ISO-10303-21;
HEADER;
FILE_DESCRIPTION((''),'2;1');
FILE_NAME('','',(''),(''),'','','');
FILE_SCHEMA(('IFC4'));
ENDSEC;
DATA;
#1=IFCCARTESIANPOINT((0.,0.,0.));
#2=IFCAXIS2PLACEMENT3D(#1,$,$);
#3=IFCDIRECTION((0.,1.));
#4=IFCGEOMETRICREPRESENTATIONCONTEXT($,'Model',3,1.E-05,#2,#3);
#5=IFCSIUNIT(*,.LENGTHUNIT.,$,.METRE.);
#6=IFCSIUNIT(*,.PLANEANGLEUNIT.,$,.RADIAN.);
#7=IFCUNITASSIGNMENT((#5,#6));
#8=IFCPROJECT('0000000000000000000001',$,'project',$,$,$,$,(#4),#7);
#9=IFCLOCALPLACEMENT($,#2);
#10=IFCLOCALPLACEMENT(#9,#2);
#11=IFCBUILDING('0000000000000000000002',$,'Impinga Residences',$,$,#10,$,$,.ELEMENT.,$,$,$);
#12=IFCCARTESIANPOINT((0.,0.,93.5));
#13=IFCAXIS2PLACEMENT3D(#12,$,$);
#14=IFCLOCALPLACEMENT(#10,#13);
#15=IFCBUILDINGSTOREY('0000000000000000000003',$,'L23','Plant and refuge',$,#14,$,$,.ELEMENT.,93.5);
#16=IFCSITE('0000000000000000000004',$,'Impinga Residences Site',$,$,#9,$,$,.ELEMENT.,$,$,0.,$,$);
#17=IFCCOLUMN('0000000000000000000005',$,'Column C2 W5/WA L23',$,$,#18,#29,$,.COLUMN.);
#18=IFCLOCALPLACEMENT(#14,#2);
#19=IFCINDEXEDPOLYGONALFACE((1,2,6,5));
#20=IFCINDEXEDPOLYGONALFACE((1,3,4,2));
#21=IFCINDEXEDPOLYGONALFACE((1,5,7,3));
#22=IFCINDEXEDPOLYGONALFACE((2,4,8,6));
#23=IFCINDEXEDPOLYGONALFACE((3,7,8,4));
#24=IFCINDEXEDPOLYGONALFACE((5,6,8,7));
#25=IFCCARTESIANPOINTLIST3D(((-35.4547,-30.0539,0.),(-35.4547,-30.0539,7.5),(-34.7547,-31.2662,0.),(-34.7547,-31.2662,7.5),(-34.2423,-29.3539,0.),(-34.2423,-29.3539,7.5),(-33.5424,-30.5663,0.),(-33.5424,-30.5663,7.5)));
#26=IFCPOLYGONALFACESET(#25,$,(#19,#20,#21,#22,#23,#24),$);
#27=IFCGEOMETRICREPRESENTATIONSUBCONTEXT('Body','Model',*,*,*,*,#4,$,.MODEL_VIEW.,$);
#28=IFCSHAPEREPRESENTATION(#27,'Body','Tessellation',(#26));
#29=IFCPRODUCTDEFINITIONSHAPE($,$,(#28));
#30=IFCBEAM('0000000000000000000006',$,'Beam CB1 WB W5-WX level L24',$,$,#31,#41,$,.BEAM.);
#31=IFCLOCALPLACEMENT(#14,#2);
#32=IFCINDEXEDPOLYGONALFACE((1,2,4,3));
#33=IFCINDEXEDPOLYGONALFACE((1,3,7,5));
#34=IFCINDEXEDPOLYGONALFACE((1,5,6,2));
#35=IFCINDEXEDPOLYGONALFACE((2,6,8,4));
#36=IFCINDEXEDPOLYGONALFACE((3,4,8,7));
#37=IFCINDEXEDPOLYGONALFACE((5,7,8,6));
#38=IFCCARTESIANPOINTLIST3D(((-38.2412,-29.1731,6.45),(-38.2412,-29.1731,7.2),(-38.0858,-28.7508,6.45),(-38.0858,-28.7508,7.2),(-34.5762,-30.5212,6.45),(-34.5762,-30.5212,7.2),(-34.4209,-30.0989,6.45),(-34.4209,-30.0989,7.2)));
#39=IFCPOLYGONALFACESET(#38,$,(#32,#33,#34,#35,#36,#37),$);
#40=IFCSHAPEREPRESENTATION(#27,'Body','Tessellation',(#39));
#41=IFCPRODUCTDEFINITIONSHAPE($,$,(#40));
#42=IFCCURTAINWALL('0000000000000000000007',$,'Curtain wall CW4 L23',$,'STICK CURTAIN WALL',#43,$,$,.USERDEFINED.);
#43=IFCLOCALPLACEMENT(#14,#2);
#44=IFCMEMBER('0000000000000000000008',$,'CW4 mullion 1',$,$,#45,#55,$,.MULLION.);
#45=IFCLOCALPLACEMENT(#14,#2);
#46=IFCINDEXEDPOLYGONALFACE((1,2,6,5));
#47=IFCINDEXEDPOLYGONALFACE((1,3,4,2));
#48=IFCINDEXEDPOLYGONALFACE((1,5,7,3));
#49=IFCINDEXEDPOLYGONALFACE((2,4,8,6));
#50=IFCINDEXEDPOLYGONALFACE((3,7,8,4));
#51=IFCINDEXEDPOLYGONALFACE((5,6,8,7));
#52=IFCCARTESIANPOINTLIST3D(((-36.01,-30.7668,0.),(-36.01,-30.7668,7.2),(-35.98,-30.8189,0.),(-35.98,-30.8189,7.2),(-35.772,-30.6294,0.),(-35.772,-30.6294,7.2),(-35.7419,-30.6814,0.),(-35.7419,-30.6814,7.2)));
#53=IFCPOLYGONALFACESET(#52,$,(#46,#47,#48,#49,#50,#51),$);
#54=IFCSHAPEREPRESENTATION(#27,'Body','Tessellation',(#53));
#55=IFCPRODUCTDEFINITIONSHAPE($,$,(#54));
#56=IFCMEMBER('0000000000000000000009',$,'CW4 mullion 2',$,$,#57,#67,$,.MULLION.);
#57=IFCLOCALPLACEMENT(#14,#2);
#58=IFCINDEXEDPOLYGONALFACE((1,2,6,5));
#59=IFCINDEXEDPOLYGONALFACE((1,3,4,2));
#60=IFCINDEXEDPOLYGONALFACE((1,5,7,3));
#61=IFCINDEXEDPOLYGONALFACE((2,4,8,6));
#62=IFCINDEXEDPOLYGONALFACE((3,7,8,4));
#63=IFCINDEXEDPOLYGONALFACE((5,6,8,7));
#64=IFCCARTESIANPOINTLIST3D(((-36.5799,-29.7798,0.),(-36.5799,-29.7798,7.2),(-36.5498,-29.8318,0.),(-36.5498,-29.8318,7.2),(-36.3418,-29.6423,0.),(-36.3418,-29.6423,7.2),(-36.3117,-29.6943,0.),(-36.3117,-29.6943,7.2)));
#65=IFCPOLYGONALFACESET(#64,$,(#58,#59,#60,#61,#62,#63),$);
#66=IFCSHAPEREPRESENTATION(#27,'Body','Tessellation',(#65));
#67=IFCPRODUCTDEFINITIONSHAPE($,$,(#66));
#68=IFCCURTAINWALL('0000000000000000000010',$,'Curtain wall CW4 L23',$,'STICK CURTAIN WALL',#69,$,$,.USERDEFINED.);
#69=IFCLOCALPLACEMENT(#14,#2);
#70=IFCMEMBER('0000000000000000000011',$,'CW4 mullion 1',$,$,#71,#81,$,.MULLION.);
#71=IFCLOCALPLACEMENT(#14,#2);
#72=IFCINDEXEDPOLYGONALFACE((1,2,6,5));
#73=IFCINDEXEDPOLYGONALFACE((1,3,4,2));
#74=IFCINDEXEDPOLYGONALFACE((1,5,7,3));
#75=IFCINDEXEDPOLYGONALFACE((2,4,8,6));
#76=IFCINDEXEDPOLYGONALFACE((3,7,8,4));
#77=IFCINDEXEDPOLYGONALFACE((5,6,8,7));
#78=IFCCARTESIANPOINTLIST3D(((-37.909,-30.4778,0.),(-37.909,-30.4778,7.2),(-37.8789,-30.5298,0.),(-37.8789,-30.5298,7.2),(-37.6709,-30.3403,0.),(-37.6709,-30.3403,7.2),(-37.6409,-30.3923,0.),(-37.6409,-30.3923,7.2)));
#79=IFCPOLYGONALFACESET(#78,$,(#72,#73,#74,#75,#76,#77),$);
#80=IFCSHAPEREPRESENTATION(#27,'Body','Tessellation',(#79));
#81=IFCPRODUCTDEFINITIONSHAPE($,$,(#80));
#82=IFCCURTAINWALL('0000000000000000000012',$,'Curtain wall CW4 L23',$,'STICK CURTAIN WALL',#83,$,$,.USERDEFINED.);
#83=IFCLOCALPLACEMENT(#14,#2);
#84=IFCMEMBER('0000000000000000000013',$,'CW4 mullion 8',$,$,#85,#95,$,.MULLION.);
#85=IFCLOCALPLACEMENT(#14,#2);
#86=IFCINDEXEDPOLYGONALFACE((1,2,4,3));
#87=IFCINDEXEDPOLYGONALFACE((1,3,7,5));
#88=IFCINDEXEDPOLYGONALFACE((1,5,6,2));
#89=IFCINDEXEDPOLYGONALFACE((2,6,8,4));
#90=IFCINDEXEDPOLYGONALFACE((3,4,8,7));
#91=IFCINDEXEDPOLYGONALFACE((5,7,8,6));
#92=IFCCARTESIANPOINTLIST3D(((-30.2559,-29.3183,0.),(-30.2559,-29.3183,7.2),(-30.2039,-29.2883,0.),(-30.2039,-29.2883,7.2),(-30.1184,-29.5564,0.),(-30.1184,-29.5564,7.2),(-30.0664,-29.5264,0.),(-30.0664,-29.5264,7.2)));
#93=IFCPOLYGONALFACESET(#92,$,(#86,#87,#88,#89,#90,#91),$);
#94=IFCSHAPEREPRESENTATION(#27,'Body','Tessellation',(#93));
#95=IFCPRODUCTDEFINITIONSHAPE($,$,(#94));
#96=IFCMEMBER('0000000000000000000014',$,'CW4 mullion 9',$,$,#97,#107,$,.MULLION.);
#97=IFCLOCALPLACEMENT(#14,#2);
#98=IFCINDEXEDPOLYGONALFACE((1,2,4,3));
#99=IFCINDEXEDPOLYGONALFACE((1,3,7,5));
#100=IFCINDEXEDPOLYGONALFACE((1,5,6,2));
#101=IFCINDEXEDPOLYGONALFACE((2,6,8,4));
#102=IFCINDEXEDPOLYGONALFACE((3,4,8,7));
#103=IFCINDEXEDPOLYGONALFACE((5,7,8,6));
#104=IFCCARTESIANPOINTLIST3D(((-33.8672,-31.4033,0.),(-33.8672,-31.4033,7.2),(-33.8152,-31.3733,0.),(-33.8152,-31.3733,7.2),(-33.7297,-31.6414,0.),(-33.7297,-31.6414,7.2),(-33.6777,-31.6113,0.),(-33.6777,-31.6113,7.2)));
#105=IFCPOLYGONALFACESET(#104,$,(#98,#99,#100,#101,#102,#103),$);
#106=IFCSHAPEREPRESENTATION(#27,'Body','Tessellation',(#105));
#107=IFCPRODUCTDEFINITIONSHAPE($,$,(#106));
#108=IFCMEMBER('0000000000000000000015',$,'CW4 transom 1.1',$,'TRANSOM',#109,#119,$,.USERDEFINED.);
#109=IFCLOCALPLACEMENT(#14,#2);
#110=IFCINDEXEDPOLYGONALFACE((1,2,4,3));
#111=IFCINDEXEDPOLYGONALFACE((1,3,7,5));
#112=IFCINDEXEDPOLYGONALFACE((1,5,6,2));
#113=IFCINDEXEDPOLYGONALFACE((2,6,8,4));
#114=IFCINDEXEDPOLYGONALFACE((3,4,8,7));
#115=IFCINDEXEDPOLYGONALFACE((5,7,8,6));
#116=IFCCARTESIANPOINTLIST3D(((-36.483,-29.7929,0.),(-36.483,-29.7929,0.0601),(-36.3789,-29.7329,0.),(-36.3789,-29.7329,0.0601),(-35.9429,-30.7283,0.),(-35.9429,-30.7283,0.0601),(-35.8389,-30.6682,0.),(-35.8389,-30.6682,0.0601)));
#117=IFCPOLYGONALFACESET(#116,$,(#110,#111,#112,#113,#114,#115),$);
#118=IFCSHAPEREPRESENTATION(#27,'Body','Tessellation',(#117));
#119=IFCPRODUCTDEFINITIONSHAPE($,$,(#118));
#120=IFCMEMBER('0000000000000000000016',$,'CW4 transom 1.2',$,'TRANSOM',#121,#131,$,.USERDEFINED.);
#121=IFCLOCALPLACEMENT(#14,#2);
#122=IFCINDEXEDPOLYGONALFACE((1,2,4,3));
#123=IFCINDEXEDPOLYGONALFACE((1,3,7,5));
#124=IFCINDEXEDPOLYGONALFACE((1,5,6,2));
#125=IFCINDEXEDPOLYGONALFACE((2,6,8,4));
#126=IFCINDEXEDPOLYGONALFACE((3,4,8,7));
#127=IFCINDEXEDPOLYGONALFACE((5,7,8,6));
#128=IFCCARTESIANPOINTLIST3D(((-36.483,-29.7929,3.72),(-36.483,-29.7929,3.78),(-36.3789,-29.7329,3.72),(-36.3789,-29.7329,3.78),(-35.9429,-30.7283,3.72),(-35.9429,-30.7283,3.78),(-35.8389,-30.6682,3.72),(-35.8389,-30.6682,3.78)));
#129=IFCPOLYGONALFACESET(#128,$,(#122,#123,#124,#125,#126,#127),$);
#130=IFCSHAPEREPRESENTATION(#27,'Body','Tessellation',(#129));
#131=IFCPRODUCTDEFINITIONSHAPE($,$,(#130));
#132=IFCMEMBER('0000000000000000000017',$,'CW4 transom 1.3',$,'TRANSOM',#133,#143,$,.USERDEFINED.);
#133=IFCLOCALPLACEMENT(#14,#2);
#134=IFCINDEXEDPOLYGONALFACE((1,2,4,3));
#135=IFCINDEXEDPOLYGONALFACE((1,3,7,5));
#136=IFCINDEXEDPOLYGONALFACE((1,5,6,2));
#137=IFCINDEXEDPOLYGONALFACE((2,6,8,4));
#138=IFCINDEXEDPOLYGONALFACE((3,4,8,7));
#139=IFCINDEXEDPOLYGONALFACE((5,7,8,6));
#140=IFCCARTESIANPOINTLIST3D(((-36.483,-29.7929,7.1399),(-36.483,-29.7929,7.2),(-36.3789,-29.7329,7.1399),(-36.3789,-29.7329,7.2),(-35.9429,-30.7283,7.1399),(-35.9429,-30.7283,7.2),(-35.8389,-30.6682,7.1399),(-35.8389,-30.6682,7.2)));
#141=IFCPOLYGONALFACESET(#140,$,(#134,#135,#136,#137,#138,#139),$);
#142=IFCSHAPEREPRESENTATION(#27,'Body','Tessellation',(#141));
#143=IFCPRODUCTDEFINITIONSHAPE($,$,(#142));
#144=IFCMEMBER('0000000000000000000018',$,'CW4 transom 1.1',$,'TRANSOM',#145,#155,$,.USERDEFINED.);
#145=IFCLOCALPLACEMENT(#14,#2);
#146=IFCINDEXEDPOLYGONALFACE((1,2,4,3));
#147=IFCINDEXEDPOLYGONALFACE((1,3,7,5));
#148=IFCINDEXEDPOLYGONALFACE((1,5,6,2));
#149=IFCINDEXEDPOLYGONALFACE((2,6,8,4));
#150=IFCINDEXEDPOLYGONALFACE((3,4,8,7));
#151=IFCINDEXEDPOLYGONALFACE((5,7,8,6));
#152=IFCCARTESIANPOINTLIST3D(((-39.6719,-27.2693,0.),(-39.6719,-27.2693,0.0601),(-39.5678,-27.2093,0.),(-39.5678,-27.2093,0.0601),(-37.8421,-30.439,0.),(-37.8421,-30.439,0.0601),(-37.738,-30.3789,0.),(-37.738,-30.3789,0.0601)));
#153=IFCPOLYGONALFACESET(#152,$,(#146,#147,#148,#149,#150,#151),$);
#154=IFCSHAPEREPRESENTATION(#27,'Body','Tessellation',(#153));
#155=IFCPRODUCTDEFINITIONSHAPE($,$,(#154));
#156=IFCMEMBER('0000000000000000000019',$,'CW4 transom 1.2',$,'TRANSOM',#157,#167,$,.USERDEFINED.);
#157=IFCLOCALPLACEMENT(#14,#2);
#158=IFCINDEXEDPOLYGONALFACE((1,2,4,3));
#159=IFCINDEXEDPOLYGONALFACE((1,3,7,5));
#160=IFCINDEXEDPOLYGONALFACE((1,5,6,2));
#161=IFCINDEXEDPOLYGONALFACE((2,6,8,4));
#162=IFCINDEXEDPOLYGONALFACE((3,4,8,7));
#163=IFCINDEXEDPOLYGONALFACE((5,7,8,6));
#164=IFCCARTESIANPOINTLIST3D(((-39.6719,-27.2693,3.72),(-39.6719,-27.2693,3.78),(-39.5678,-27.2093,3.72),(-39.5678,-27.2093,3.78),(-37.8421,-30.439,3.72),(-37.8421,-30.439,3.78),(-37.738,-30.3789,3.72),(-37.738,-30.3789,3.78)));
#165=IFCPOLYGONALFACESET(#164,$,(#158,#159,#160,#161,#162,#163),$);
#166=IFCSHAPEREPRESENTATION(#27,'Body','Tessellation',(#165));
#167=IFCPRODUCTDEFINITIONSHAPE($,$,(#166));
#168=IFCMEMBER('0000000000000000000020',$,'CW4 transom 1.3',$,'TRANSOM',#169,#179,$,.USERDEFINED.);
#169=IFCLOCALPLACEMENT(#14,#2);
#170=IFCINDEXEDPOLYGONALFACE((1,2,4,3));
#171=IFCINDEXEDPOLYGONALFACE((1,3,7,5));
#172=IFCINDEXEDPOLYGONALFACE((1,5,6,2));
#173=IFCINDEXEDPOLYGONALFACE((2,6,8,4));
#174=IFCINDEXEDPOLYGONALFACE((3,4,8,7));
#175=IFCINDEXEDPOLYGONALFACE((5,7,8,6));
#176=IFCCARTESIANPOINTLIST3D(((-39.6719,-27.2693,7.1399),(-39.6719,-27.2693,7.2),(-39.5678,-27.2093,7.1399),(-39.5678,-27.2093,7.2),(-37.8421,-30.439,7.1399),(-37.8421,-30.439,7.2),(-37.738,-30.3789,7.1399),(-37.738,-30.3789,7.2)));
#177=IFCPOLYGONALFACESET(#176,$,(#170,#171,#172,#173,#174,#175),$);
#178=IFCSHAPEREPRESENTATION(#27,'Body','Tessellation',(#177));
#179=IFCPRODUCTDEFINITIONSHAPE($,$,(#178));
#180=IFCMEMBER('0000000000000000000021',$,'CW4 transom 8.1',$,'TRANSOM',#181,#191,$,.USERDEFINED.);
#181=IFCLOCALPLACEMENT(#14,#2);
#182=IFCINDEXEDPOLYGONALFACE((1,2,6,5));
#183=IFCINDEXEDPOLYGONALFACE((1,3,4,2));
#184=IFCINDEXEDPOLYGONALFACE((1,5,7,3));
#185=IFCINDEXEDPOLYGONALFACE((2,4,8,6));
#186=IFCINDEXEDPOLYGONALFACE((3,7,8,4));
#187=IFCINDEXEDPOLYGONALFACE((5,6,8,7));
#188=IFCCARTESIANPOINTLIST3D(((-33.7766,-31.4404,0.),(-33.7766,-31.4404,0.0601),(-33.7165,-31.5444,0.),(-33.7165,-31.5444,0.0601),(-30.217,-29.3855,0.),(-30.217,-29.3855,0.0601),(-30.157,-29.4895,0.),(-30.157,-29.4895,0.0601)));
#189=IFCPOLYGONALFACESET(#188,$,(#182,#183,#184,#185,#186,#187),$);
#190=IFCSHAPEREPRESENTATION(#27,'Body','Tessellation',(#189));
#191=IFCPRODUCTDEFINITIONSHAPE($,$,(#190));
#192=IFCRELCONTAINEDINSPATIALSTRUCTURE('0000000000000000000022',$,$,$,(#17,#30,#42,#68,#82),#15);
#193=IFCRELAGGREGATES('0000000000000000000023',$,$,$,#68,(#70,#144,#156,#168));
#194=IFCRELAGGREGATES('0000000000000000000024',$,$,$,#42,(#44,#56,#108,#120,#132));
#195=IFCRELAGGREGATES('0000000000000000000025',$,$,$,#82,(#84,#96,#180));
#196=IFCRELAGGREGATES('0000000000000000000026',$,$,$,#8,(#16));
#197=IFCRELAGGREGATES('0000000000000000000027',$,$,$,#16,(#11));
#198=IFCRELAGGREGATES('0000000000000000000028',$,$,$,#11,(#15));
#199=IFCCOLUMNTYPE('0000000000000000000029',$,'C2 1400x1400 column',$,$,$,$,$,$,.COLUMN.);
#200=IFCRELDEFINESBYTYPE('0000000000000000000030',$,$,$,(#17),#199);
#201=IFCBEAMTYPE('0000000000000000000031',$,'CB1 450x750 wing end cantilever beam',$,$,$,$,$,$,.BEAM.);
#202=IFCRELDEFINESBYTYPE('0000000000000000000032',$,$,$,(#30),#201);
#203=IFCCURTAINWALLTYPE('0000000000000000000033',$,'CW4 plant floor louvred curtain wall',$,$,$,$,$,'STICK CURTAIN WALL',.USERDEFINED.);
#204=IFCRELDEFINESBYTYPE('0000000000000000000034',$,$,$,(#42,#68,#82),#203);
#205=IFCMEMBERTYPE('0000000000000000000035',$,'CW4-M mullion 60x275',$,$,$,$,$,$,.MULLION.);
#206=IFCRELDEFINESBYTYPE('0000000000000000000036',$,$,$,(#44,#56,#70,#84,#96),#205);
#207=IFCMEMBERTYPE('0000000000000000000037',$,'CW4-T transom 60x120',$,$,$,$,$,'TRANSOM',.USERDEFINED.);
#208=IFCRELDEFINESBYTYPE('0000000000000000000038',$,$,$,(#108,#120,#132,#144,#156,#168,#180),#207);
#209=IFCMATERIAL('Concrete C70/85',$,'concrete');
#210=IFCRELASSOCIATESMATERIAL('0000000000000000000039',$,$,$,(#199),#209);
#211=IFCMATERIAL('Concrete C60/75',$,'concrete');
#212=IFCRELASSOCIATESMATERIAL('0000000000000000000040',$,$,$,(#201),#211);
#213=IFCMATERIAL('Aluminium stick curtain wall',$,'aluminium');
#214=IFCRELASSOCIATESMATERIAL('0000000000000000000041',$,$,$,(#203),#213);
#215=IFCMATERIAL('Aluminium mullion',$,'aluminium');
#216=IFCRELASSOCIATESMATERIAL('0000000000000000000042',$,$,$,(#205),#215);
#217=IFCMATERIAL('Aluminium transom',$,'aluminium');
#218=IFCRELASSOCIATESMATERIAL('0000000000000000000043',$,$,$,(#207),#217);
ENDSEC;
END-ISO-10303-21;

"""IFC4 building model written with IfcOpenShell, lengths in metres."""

from ifc_helpers import new_model, si_unit, direction, frame, origin, origin_2d, place, context, subcontext, project, spatial, rectangle, extrude, material, material_profile, profile_set, type_object, element, aggregate, save


model = new_model("IFC4")

# Units and contexts
model_context = context("Model", 3, precision=1e-05, world=origin(), true_north=direction((0.0, 1.0)))
body_context = subcontext(model_context, "Body", "Model", "MODEL_VIEW")
ifc_project = project(units=[si_unit("LENGTHUNIT", "METRE"), si_unit("PLANEANGLEUNIT", "RADIAN")], contexts=[model_context])

# Site, building, storey
site_placement = place(None, origin())
site = spatial("IfcSite", under=ifc_project, at=site_placement, Name="Impinga Residences Site", CompositionType="ELEMENT", RefElevation=0.0)
building_placement = place(site_placement, origin())
building = spatial("IfcBuilding", under=site, at=building_placement, Name="Impinga Residences", CompositionType="ELEMENT")
storey_placement = place(building_placement, frame((0.0, 0.0, 93.5)))
storey = spatial("IfcBuildingStorey", under=building, at=storey_placement, Name="L23", Description="Plant and refuge", CompositionType="ELEMENT", Elevation=93.5)

# Column
ifc_material_1 = material(Name="Concrete C70/85", Category="concrete")
ifc_material_profile_1 = material_profile(ifc_material_1, rectangle(XDim=1.3999, YDim=1.3999, at=origin_2d()), Name="RC 1400x1400")
ifc_profile_set_1 = profile_set([ifc_material_profile_1], Name="Concrete C70/85")
column_type = type_object("IfcColumnType", Name="C2 1400x1400 column", PredefinedType="COLUMN", material=ifc_profile_set_1)
column_placement = place(storey_placement, frame((-34.4985, -30.3101, 0.0), z_axis=(0.0, 0.0, 1.0), x_axis=(-0.5, 0.866025, 0.0)))
element("IfcColumn", 1, at=column_placement, inside=storey, type_object=column_type, Name="Column C2 W5/WA L23", PredefinedType="COLUMN", context=body_context, shape_type="SweptSolid", body=[
    extrude(rectangle(XDim=1.3999, YDim=1.3999, at=origin_2d()), origin(), (0.0, 0.0, 1.0), 7.5),
])

# Beam
ifc_material_2 = material(Name="Concrete C60/75", Category="concrete")
ifc_material_profile_2 = material_profile(ifc_material_2, rectangle(XDim=0.45, YDim=0.75, at=origin_2d()), Name="RC 450x750")
ifc_profile_set_2 = profile_set([ifc_material_profile_2], Name="Concrete C60/75")
beam_type_1 = type_object("IfcBeamType", Name="CB1 450x750 wing end cantilever beam", PredefinedType="BEAM", material=ifc_profile_set_2)
beam_1_placement = place(storey_placement, frame((-34.4985, -30.3101, 6.825), z_axis=(-0.93852, 0.345224, 0.0), x_axis=(-0.345224, -0.93852, 0.0)))
element("IfcBeam", 2, at=beam_1_placement, inside=storey, type_object=beam_type_1, Name="Beam CB1 WB W5-WX level L24", PredefinedType="BEAM", context=body_context, shape_type="SweptSolid", body=[
    extrude(rectangle(XDim=0.45, YDim=0.75, at=origin_2d()), origin(), (0.0, 0.0, 1.0), 3.905),
])

# Curtain wall, members
ifc_material_3 = material(Name="Aluminium stick curtain wall", Category="aluminium")
curtain_wall_type = type_object("IfcCurtainWallType", Name="CW4 plant floor louvred curtain wall", ElementType="STICK CURTAIN WALL", PredefinedType="USERDEFINED", material=ifc_material_3)
curtain_wall_1_placement = place(storey_placement, origin())
curtain_wall_1 = element("IfcCurtainWall", 3, at=curtain_wall_1_placement, inside=storey, type_object=curtain_wall_type, Name="Curtain wall CW4 L23", ObjectType="STICK CURTAIN WALL", PredefinedType="USERDEFINED")
ifc_material_4 = material(Name="Aluminium mullion", Category="aluminium")
ifc_material_profile_3 = material_profile(ifc_material_4, rectangle(XDim=0.0601, YDim=0.2749, at=origin_2d()), Name="60x275 mullion")
ifc_profile_set_3 = profile_set([ifc_material_profile_3], Name="Aluminium mullion")
member_type_1 = type_object("IfcMemberType", Name="CW4-M mullion 60x275", PredefinedType="MULLION", material=ifc_profile_set_3)
member_1_placement = place(storey_placement, frame((-35.876, -30.7241, 0.0), z_axis=(0.0, 0.0, 1.0), x_axis=(-0.5, 0.866026, 0.0)))
member_1 = element("IfcMember", 4, at=member_1_placement, type_object=member_type_1, Name="CW4 mullion 1", PredefinedType="MULLION", context=body_context, shape_type="SweptSolid", body=[
    extrude(rectangle(XDim=0.0601, YDim=0.2749, at=origin_2d()), origin(), (0.0, 0.0, 1.0), 7.2),
])
member_2_placement = place(storey_placement, frame((-36.4458, -29.7371, 0.0), z_axis=(0.0, 0.0, 1.0), x_axis=(-0.5, 0.866026, 0.0)))
member_2 = element("IfcMember", 5, at=member_2_placement, type_object=member_type_1, Name="CW4 mullion 2", PredefinedType="MULLION", context=body_context, shape_type="SweptSolid", body=[
    extrude(rectangle(XDim=0.0601, YDim=0.2749, at=origin_2d()), origin(), (0.0, 0.0, 1.0), 7.2),
])

# Curtain wall, member
curtain_wall_2_placement = place(storey_placement, origin())
curtain_wall_2 = element("IfcCurtainWall", 6, at=curtain_wall_2_placement, inside=storey, type_object=curtain_wall_type, Name="Curtain wall CW4 L23", ObjectType="STICK CURTAIN WALL", PredefinedType="USERDEFINED")
member_3_placement = place(storey_placement, frame((-37.7749, -30.4351, 0.0), z_axis=(0.0, 0.0, 1.0), x_axis=(-0.5, 0.866025, 0.0)))
member_3 = element("IfcMember", 7, at=member_3_placement, type_object=member_type_1, Name="CW4 mullion 1", PredefinedType="MULLION", context=body_context, shape_type="SweptSolid", body=[
    extrude(rectangle(XDim=0.0601, YDim=0.2749, at=origin_2d()), origin(), (0.0, 0.0, 1.0), 7.2),
])

# Curtain wall, members
curtain_wall_3_placement = place(storey_placement, origin())
curtain_wall_3 = element("IfcCurtainWall", 8, at=curtain_wall_3_placement, inside=storey, type_object=curtain_wall_type, Name="Curtain wall CW4 L23", ObjectType="STICK CURTAIN WALL", PredefinedType="USERDEFINED")
member_4_placement = place(storey_placement, frame((-30.1611, -29.4224, 0.0), z_axis=(0.0, 0.0, 1.0), x_axis=(-0.866025, -0.5, 0.0)))
member_4 = element("IfcMember", 9, at=member_4_placement, type_object=member_type_1, Name="CW4 mullion 8", PredefinedType="MULLION", context=body_context, shape_type="SweptSolid", body=[
    extrude(rectangle(XDim=0.0601, YDim=0.2749, at=origin_2d()), origin(), (0.0, 0.0, 1.0), 7.2),
])
member_5_placement = place(storey_placement, frame((-33.7725, -31.5073, 0.0), z_axis=(0.0, 0.0, 1.0), x_axis=(-0.866025, -0.5, 0.0)))
member_5 = element("IfcMember", 10, at=member_5_placement, type_object=member_type_1, Name="CW4 mullion 9", PredefinedType="MULLION", context=body_context, shape_type="SweptSolid", body=[
    extrude(rectangle(XDim=0.0601, YDim=0.2749, at=origin_2d()), origin(), (0.0, 0.0, 1.0), 7.2),
])

# Members
ifc_material_5 = material(Name="Aluminium transom", Category="aluminium")
ifc_material_profile_4 = material_profile(ifc_material_5, rectangle(XDim=0.0601, YDim=0.1201, at=origin_2d()), Name="60x120 transom")
ifc_profile_set_4 = profile_set([ifc_material_profile_4], Name="Aluminium transom")
member_type_2 = type_object("IfcMemberType", Name="CW4-T transom 60x120", ElementType="TRANSOM", PredefinedType="USERDEFINED", material=ifc_profile_set_4)
member_6_placement = place(storey_placement, frame((-35.8909, -30.6982, 0.03), z_axis=(-0.500029, 0.866009, 0.0), x_axis=(0.0, 0.0, 1.0)))
member_6 = element("IfcMember", 11, at=member_6_placement, type_object=member_type_2, Name="CW4 transom 1.1", ObjectType="TRANSOM", PredefinedType="USERDEFINED", context=body_context, shape_type="SweptSolid", body=[
    extrude(rectangle(XDim=0.0601, YDim=0.1201, at=origin_2d()), origin(), (0.0, 0.0, 1.0), 1.0801),
])
member_7_placement = place(storey_placement, frame((-35.8909, -30.6982, 3.75), z_axis=(-0.500029, 0.866009, 0.0), x_axis=(0.0, 0.0, 1.0)))
member_7 = element("IfcMember", 12, at=member_7_placement, type_object=member_type_2, Name="CW4 transom 1.2", ObjectType="TRANSOM", PredefinedType="USERDEFINED", context=body_context, shape_type="SweptSolid", body=[
    extrude(rectangle(XDim=0.0601, YDim=0.1201, at=origin_2d()), origin(), (0.0, 0.0, 1.0), 1.0801),
])
member_8_placement = place(storey_placement, frame((-35.8909, -30.6982, 7.1699), z_axis=(-0.500029, 0.866009, 0.0), x_axis=(0.0, 0.0, 1.0)))
member_8 = element("IfcMember", 13, at=member_8_placement, type_object=member_type_2, Name="CW4 transom 1.3", ObjectType="TRANSOM", PredefinedType="USERDEFINED", context=body_context, shape_type="SweptSolid", body=[
    extrude(rectangle(XDim=0.0601, YDim=0.1201, at=origin_2d()), origin(), (0.0, 0.0, 1.0), 1.0801),
])
member_9_placement = place(storey_placement, frame((-37.79, -30.4089, 0.03), z_axis=(-0.499963, 0.866047, 0.0), x_axis=(0.0, 0.0, 1.0)))
member_9 = element("IfcMember", 14, at=member_9_placement, type_object=member_type_2, Name="CW4 transom 1.1", ObjectType="TRANSOM", PredefinedType="USERDEFINED", context=body_context, shape_type="SweptSolid", body=[
    extrude(rectangle(XDim=0.0601, YDim=0.1201, at=origin_2d()), origin(), (0.0, 0.0, 1.0), 3.6599),
])
member_10_placement = place(storey_placement, frame((-37.79, -30.4089, 3.75), z_axis=(-0.499963, 0.866047, 0.0), x_axis=(0.0, 0.0, 1.0)))
member_10 = element("IfcMember", 15, at=member_10_placement, type_object=member_type_2, Name="CW4 transom 1.2", ObjectType="TRANSOM", PredefinedType="USERDEFINED", context=body_context, shape_type="SweptSolid", body=[
    extrude(rectangle(XDim=0.0601, YDim=0.1201, at=origin_2d()), origin(), (0.0, 0.0, 1.0), 3.6599),
])
member_11_placement = place(storey_placement, frame((-37.79, -30.4089, 7.1699), z_axis=(-0.499963, 0.866047, 0.0), x_axis=(0.0, 0.0, 1.0)))
member_11 = element("IfcMember", 16, at=member_11_placement, type_object=member_type_2, Name="CW4 transom 1.3", ObjectType="TRANSOM", PredefinedType="USERDEFINED", context=body_context, shape_type="SweptSolid", body=[
    extrude(rectangle(XDim=0.0601, YDim=0.1201, at=origin_2d()), origin(), (0.0, 0.0, 1.0), 3.6599),
])
aggregate(curtain_wall_2, [member_3, member_9, member_10, member_11])
member_12_placement = place(storey_placement, frame((-30.187, -29.4375, 0.03), z_axis=(-0.866045, -0.499966, 0.0), x_axis=(0.0, 0.0, 1.0)))
member_12 = element("IfcMember", 17, at=member_12_placement, type_object=member_type_2, Name="CW4 transom 8.1", ObjectType="TRANSOM", PredefinedType="USERDEFINED", context=body_context, shape_type="SweptSolid", body=[
    extrude(rectangle(XDim=0.0601, YDim=0.1201, at=origin_2d()), origin(), (0.0, 0.0, 1.0), 4.1101),
])

aggregate(curtain_wall_1, [member_1, member_2, member_6, member_7, member_8])
aggregate(curtain_wall_3, [member_4, member_5, member_12])

save(model, "model.ifc")
